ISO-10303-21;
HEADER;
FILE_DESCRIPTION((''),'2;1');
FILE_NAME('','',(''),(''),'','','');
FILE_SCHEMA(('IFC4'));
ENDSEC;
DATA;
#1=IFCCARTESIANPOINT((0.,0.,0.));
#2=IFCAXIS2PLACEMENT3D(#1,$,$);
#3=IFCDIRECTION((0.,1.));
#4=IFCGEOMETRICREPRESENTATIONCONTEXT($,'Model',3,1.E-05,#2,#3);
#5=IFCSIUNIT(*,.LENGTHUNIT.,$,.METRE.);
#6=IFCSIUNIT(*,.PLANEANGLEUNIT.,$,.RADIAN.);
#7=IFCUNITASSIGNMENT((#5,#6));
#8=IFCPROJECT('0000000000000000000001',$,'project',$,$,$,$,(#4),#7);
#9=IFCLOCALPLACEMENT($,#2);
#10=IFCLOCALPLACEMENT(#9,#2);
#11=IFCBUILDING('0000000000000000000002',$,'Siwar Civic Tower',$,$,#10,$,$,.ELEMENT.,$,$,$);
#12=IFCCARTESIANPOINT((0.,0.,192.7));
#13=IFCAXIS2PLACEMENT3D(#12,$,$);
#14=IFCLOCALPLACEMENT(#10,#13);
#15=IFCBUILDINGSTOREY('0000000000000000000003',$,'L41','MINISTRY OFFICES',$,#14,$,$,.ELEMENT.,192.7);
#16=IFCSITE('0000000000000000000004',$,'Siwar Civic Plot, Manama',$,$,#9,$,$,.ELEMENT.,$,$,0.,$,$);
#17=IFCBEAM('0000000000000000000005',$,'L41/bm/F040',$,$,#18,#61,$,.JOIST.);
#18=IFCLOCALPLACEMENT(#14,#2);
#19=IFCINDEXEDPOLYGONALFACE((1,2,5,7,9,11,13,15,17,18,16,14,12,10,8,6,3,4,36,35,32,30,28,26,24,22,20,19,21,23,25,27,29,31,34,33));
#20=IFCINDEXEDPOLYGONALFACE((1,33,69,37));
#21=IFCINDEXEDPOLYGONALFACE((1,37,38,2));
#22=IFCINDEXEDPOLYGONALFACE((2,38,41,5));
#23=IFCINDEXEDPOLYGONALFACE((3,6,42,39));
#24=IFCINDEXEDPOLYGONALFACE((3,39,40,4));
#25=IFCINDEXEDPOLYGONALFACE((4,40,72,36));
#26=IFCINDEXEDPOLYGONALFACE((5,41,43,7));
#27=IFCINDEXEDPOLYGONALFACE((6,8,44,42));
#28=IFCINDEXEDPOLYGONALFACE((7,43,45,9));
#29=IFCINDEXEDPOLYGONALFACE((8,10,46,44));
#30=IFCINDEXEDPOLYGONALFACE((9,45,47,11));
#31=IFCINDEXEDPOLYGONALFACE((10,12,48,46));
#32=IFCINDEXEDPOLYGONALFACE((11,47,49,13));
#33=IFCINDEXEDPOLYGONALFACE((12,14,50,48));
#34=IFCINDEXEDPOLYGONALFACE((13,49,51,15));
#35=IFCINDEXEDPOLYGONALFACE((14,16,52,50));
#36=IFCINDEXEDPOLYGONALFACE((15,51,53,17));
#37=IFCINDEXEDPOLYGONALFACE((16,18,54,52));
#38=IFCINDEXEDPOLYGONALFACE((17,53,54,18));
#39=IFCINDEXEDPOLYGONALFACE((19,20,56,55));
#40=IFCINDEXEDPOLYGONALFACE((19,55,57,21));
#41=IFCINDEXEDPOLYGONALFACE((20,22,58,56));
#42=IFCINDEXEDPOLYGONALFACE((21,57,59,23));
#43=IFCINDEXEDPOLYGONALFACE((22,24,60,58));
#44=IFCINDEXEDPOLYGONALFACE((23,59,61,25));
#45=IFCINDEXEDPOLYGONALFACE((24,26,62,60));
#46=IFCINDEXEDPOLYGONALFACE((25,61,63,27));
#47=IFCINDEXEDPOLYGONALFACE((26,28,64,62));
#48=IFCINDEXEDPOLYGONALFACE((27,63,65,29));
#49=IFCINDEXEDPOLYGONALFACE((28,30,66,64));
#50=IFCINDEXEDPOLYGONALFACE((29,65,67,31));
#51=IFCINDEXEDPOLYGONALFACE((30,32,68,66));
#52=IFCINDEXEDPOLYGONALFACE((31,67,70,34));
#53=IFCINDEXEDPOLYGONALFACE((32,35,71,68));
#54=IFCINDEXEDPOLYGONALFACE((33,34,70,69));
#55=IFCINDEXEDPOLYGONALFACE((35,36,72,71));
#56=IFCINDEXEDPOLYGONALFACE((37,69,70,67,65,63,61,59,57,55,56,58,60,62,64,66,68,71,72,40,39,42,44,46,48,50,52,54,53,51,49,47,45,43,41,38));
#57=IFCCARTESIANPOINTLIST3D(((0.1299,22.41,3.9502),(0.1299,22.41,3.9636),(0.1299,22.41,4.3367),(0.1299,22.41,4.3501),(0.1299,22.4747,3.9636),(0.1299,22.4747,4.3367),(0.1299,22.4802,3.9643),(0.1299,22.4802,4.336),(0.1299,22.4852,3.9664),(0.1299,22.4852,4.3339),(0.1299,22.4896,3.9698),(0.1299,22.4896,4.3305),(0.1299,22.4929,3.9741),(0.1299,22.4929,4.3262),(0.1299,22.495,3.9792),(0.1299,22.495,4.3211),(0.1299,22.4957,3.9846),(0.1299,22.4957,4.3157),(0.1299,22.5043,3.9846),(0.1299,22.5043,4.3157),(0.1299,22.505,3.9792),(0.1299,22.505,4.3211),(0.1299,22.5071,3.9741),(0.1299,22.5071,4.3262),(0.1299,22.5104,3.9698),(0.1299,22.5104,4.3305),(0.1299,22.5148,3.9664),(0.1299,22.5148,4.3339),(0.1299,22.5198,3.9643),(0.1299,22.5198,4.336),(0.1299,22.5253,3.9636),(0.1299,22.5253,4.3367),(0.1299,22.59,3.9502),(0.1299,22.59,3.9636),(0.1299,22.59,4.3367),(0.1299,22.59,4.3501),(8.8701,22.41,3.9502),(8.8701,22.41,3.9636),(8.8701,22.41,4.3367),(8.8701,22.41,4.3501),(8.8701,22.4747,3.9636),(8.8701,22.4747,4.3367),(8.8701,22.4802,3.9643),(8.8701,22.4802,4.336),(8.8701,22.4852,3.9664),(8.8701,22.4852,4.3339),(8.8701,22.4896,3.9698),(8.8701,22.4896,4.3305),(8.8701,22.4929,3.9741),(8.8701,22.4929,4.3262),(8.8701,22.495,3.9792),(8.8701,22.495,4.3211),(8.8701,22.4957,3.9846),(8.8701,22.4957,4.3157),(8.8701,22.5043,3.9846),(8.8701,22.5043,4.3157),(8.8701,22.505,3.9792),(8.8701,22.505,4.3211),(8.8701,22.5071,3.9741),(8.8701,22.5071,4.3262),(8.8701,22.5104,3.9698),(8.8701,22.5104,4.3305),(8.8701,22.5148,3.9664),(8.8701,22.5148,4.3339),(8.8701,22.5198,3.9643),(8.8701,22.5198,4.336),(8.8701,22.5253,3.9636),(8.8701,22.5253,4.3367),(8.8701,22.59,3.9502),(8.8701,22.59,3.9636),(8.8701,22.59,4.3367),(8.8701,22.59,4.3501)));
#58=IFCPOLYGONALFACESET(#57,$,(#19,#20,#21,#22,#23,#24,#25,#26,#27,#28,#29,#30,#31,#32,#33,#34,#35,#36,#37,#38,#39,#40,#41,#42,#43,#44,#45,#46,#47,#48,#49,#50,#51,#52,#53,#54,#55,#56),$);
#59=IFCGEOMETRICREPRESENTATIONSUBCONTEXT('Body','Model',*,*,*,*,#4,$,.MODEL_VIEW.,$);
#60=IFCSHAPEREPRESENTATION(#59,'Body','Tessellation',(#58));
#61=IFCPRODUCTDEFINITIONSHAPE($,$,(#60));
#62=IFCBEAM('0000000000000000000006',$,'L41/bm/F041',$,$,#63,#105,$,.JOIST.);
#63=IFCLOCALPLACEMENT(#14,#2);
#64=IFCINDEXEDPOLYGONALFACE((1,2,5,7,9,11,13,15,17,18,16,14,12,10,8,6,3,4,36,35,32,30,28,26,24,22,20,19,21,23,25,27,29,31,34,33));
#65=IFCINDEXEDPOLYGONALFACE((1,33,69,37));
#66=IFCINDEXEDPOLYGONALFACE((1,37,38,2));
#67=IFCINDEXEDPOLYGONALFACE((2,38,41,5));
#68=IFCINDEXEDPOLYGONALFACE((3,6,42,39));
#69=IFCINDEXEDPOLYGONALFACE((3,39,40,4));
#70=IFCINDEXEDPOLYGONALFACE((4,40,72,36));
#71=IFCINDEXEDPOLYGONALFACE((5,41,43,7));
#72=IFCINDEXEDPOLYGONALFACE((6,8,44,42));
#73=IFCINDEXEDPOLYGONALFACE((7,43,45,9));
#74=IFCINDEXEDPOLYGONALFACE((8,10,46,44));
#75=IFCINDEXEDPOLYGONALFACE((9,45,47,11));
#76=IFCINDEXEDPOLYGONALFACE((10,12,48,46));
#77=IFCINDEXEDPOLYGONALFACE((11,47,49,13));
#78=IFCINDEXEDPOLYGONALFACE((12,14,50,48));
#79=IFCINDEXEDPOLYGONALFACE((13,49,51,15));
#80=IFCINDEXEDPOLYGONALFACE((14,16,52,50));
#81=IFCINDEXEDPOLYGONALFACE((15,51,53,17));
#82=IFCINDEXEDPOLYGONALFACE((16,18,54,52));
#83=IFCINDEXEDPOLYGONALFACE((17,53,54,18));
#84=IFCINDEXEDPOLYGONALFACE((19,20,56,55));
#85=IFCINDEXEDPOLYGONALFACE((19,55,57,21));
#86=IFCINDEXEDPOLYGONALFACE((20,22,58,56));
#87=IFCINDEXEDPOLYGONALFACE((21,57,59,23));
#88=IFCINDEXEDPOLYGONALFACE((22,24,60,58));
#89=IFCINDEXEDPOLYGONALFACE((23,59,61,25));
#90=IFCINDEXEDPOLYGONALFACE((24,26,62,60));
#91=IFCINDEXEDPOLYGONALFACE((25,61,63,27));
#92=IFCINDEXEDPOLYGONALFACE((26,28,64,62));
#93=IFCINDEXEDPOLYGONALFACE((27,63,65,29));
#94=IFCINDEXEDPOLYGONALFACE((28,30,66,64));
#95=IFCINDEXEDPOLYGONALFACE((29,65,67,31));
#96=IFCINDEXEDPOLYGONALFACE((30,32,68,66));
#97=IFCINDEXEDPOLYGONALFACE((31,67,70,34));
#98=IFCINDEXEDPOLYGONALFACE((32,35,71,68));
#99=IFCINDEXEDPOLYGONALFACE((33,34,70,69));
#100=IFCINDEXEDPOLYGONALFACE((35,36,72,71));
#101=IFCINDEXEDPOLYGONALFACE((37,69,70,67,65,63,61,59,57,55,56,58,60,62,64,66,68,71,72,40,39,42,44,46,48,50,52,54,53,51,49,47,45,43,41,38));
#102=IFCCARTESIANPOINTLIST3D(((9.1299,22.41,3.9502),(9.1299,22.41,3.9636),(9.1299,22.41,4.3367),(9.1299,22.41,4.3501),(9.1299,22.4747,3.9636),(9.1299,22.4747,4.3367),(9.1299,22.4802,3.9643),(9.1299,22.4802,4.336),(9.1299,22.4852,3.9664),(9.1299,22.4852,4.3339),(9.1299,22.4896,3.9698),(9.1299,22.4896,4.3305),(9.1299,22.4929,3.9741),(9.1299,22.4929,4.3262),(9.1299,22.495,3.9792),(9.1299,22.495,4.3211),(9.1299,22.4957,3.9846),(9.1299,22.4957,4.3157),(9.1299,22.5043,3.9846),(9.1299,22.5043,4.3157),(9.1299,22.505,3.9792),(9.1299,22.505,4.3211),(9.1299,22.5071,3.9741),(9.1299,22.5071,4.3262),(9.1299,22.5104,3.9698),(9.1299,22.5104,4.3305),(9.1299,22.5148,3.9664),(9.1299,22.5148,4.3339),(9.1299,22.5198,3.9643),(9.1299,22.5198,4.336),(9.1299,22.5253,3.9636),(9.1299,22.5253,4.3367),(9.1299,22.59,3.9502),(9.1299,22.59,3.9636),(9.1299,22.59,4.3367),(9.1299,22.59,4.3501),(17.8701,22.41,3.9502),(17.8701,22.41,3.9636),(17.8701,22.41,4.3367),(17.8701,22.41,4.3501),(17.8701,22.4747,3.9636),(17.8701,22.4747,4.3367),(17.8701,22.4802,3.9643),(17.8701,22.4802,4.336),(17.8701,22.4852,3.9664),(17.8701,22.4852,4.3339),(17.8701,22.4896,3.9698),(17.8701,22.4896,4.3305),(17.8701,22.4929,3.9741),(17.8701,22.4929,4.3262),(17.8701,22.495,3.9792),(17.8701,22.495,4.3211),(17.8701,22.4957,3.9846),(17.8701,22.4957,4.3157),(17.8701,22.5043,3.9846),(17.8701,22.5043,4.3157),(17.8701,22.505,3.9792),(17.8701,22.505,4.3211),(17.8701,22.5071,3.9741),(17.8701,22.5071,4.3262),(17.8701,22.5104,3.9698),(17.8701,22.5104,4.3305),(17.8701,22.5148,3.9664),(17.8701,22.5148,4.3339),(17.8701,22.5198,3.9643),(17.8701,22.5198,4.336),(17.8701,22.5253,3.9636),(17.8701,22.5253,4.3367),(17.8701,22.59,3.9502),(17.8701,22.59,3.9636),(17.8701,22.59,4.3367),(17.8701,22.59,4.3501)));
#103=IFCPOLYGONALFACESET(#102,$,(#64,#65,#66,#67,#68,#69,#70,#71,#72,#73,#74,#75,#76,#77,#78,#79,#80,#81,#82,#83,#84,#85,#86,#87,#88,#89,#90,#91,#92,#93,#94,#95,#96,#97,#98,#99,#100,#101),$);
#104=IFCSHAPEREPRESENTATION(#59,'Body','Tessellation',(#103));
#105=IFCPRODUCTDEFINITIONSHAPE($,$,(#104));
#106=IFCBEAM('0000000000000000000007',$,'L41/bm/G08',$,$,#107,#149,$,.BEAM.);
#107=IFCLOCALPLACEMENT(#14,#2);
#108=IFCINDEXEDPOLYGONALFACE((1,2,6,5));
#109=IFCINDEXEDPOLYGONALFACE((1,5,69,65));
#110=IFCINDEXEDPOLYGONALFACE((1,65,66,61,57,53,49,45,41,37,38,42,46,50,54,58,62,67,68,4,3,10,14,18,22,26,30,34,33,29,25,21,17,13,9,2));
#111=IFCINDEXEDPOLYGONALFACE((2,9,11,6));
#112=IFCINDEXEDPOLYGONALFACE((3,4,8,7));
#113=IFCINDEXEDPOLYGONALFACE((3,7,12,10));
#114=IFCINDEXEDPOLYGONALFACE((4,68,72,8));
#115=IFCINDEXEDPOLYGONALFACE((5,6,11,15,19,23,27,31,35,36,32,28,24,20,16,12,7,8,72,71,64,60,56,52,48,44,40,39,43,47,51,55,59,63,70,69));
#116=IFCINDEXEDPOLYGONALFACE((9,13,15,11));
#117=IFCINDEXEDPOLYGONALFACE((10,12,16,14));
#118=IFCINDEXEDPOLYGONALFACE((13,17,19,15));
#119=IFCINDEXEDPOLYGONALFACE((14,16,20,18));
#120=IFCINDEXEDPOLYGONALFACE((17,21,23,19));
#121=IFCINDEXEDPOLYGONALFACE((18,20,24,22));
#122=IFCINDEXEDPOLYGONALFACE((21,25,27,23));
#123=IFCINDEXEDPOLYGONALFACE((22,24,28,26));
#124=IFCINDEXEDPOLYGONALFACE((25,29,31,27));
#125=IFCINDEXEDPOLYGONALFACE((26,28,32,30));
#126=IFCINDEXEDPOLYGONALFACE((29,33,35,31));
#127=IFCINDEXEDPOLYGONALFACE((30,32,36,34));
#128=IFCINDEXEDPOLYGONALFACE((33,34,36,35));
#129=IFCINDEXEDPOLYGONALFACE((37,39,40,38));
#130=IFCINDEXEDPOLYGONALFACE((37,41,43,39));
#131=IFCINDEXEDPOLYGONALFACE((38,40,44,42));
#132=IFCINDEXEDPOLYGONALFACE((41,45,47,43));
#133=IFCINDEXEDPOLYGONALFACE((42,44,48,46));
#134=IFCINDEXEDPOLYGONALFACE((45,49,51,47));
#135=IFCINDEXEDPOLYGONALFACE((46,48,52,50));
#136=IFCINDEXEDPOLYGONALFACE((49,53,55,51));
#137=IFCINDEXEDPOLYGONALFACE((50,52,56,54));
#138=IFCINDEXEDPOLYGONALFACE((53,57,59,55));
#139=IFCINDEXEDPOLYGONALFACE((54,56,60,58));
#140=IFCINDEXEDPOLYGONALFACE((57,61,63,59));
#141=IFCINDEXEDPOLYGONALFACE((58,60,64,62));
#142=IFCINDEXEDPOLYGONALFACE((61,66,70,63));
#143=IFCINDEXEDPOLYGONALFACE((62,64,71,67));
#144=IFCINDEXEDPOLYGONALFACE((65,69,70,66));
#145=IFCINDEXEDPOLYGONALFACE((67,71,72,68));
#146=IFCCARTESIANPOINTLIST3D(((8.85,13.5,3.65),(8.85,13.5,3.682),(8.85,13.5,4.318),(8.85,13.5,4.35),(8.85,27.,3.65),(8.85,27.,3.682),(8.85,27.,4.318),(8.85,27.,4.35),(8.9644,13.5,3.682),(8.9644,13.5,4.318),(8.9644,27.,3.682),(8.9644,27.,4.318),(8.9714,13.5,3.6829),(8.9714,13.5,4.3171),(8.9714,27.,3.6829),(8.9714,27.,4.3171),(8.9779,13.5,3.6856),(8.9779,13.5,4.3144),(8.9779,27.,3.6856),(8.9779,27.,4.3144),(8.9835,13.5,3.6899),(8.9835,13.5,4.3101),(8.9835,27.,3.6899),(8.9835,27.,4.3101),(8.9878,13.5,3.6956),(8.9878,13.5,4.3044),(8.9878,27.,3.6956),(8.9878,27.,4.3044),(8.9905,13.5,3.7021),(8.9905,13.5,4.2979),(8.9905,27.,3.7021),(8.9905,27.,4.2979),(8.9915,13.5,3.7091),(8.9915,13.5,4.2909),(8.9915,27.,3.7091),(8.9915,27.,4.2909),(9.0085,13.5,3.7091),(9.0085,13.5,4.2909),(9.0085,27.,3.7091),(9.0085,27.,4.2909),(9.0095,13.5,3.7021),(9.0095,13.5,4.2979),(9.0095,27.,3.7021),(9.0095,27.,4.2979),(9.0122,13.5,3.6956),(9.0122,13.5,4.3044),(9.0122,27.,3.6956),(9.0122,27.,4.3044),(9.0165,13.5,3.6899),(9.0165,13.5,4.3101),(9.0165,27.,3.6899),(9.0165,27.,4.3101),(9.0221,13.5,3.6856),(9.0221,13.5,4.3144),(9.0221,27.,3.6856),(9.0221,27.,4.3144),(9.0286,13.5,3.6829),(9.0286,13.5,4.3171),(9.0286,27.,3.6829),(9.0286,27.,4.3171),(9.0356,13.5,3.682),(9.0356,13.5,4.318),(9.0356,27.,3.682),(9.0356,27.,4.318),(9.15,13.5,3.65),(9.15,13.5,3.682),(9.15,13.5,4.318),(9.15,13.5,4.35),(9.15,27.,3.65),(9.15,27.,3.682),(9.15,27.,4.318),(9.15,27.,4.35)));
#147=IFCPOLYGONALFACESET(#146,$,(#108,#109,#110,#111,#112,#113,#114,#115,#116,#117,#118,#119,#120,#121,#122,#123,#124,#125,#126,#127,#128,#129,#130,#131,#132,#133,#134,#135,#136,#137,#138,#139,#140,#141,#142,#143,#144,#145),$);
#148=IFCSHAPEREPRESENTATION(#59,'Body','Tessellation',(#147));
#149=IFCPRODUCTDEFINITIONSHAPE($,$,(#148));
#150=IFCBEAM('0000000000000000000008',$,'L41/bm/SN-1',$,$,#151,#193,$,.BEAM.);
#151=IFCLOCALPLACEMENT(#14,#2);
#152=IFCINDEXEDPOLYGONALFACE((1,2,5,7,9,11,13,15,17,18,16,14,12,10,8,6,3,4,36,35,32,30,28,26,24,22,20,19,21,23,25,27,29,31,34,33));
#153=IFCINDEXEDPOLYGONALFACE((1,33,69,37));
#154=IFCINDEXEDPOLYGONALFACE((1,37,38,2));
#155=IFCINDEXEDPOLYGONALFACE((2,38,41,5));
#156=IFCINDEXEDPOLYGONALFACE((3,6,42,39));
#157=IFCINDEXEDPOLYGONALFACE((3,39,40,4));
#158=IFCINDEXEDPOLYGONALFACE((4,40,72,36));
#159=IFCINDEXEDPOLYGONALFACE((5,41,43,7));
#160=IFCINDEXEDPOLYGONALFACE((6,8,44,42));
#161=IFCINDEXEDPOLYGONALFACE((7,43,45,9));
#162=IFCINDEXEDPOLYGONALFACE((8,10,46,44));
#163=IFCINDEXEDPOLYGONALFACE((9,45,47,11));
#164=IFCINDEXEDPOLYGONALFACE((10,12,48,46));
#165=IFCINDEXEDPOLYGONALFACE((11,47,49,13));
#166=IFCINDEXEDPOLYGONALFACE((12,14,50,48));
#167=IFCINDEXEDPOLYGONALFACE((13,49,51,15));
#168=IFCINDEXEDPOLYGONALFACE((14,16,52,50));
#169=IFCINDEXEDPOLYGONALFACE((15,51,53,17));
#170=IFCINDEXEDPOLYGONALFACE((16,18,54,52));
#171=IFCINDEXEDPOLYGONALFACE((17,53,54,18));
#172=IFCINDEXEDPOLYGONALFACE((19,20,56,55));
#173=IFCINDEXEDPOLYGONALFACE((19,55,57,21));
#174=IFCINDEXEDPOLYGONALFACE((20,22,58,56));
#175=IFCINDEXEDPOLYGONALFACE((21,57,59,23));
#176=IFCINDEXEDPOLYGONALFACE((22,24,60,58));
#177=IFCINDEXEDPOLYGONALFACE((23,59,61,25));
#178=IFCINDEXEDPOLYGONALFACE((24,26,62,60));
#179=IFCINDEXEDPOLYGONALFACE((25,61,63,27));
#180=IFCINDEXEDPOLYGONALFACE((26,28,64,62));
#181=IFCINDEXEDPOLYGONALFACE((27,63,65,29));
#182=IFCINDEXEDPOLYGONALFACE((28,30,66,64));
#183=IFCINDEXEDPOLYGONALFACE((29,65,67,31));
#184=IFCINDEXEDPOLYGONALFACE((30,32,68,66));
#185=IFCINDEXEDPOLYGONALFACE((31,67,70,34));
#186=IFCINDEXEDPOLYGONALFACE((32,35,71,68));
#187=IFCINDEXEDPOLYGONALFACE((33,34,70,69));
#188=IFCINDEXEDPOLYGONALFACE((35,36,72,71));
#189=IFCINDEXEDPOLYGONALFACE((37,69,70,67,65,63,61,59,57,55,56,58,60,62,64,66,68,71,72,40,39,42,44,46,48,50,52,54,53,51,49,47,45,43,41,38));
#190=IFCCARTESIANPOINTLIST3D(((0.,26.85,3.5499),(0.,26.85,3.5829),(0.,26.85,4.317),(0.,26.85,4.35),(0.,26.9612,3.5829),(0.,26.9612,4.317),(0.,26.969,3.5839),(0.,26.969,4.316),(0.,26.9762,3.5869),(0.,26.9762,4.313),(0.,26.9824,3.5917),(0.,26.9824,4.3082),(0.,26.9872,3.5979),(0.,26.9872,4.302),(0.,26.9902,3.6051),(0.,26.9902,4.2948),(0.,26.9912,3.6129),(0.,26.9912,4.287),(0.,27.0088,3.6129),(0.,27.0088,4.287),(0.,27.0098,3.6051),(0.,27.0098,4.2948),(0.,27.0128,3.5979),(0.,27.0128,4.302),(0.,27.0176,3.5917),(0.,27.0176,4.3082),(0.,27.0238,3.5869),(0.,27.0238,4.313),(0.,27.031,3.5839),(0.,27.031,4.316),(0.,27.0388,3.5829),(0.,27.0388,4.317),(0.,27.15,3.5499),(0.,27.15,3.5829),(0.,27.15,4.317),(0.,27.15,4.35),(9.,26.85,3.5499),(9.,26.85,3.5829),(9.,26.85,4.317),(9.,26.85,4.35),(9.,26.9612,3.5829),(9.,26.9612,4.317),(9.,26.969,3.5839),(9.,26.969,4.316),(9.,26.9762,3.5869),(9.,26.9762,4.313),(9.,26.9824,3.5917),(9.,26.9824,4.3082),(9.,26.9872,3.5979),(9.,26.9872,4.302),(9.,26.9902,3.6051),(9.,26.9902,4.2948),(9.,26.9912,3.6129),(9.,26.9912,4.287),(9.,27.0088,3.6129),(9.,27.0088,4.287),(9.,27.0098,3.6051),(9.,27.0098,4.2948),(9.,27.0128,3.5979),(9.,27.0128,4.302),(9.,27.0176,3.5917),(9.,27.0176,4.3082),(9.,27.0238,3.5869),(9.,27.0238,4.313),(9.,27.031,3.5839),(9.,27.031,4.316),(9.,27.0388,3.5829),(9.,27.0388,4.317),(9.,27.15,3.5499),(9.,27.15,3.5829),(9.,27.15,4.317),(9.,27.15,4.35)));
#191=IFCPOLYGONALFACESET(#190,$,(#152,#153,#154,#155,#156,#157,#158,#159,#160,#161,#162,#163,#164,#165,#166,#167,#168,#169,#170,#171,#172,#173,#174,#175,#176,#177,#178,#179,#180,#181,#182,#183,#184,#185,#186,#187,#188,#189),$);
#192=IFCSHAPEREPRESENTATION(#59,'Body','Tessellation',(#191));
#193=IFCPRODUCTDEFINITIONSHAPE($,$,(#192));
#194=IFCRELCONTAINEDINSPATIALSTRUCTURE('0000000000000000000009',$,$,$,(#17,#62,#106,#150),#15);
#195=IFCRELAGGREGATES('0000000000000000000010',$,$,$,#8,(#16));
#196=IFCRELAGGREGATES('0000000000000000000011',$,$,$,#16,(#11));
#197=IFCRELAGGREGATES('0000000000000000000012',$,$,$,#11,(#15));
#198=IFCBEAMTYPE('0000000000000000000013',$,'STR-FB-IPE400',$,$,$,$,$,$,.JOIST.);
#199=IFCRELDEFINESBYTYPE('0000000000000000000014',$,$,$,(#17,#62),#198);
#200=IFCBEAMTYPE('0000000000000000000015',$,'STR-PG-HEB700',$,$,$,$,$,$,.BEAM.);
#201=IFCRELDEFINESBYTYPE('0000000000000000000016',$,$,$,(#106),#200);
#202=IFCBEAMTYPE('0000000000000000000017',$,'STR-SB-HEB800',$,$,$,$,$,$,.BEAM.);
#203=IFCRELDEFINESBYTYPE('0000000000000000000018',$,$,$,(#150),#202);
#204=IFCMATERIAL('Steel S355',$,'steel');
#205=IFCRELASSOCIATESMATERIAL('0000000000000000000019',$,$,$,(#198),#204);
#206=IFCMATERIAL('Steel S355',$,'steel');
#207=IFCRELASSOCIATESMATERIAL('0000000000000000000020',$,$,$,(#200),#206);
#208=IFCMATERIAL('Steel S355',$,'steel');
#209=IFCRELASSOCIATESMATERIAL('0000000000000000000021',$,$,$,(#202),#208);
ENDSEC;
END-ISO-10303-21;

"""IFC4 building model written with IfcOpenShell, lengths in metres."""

from ifc_helpers import new_model, si_unit, direction, frame, origin, origin_2d, place, context, subcontext, project, spatial, i_section, extrude, material, material_profile, profile_set, type_object, element, save


model = new_model("IFC4")

# Units and contexts
model_context = context("Model", 3, precision=1e-05, world=origin(), true_north=direction((0.0, 1.0)))
body_context = subcontext(model_context, "Body", "Model", "MODEL_VIEW")
ifc_project = project(units=[si_unit("LENGTHUNIT", "METRE"), si_unit("PLANEANGLEUNIT", "RADIAN")], contexts=[model_context])

# Site, building, storey
site_placement = place(None, origin())
site = spatial("IfcSite", under=ifc_project, at=site_placement, Name="Siwar Civic Plot, Manama", CompositionType="ELEMENT", RefElevation=0.0)
building_placement = place(site_placement, origin())
building = spatial("IfcBuilding", under=site, at=building_placement, Name="Siwar Civic Tower", CompositionType="ELEMENT")
storey_placement = place(building_placement, frame((0.0, 0.0, 192.7)))
storey = spatial("IfcBuildingStorey", under=building, at=storey_placement, Name="L41", Description="MINISTRY OFFICES", CompositionType="ELEMENT", Elevation=192.7)

# Beams
ifc_material_1 = material(Name="Steel S355", Category="steel")
ifc_material_profile_1 = material_profile(ifc_material_1, i_section(OverallWidth=0.1799, OverallDepth=0.3999, WebThickness=0.0085, FlangeThickness=0.0134, FilletRadius=0.021, at=origin_2d()), Name="IPE400")
ifc_profile_set_1 = profile_set([ifc_material_profile_1], Name="Steel S355")
beam_type_1 = type_object("IfcBeamType", Name="STR-FB-IPE400", PredefinedType="JOIST", material=ifc_profile_set_1)
for number, where, z_axis, x_axis, name in (
    (1, (0.1299, 22.5, 4.1501), (1.0, 0.0, 0.0), (0.0, 1.0, 0.0), "L41/bm/F040"),
    (2, (9.1299, 22.5, 4.1501), (1.0, 0.0, 0.0), (0.0, 1.0, 0.0), "L41/bm/F041"),
):
    element("IfcBeam", number, at=place(storey_placement, frame(where, z_axis=z_axis, x_axis=x_axis)), inside=storey, type_object=beam_type_1, Name=name, PredefinedType="JOIST", context=body_context, shape_type="SweptSolid", body=[
        extrude(i_section(OverallWidth=0.1799, OverallDepth=0.3999, WebThickness=0.0085, FlangeThickness=0.0134, FilletRadius=0.021, at=origin_2d()), origin(), (0.0, 0.0, 1.0), 8.7402),
    ])
ifc_material_2 = material(Name="Steel S355", Category="steel")
ifc_material_profile_2 = material_profile(ifc_material_2, i_section(OverallWidth=0.3, OverallDepth=0.7, WebThickness=0.0171, FlangeThickness=0.032, FilletRadius=0.0271, at=origin_2d()), Name="HEB700")
ifc_profile_set_2 = profile_set([ifc_material_profile_2], Name="Steel S355")
beam_type_2 = type_object("IfcBeamType", Name="STR-PG-HEB700", PredefinedType="BEAM", material=ifc_profile_set_2)
beam_1_placement = place(storey_placement, frame((9.0, 13.5, 4.0), z_axis=(0.0, 1.0, 0.0), x_axis=(-1.0, 0.0, 0.0)))
element("IfcBeam", 3, at=beam_1_placement, inside=storey, type_object=beam_type_2, Name="L41/bm/G08", PredefinedType="BEAM", context=body_context, shape_type="SweptSolid", body=[
    extrude(i_section(OverallWidth=0.3, OverallDepth=0.7, WebThickness=0.0171, FlangeThickness=0.032, FilletRadius=0.0271, at=origin_2d()), origin(), (0.0, 0.0, 1.0), 13.5),
])
ifc_material_3 = material(Name="Steel S355", Category="steel")
ifc_material_profile_3 = material_profile(ifc_material_3, i_section(OverallWidth=0.3, OverallDepth=0.8, WebThickness=0.0176, FlangeThickness=0.033, FilletRadius=0.03, at=origin_2d()), Name="HEB800")
ifc_profile_set_3 = profile_set([ifc_material_profile_3], Name="Steel S355")
beam_type_3 = type_object("IfcBeamType", Name="STR-SB-HEB800", PredefinedType="BEAM", material=ifc_profile_set_3)
beam_2_placement = place(storey_placement, frame((9.0, 27.0, 3.95), z_axis=(-1.0, 0.0, 0.0), x_axis=(0.0, -1.0, 0.0)))
element("IfcBeam", 4, at=beam_2_placement, inside=storey, type_object=beam_type_3, Name="L41/bm/SN-1", PredefinedType="BEAM", context=body_context, shape_type="SweptSolid", body=[
    extrude(i_section(OverallWidth=0.3, OverallDepth=0.8, WebThickness=0.0176, FlangeThickness=0.033, FilletRadius=0.03, at=origin_2d()), origin(), (0.0, 0.0, 1.0), 9.0),
])

save(model, "model.ifc")
